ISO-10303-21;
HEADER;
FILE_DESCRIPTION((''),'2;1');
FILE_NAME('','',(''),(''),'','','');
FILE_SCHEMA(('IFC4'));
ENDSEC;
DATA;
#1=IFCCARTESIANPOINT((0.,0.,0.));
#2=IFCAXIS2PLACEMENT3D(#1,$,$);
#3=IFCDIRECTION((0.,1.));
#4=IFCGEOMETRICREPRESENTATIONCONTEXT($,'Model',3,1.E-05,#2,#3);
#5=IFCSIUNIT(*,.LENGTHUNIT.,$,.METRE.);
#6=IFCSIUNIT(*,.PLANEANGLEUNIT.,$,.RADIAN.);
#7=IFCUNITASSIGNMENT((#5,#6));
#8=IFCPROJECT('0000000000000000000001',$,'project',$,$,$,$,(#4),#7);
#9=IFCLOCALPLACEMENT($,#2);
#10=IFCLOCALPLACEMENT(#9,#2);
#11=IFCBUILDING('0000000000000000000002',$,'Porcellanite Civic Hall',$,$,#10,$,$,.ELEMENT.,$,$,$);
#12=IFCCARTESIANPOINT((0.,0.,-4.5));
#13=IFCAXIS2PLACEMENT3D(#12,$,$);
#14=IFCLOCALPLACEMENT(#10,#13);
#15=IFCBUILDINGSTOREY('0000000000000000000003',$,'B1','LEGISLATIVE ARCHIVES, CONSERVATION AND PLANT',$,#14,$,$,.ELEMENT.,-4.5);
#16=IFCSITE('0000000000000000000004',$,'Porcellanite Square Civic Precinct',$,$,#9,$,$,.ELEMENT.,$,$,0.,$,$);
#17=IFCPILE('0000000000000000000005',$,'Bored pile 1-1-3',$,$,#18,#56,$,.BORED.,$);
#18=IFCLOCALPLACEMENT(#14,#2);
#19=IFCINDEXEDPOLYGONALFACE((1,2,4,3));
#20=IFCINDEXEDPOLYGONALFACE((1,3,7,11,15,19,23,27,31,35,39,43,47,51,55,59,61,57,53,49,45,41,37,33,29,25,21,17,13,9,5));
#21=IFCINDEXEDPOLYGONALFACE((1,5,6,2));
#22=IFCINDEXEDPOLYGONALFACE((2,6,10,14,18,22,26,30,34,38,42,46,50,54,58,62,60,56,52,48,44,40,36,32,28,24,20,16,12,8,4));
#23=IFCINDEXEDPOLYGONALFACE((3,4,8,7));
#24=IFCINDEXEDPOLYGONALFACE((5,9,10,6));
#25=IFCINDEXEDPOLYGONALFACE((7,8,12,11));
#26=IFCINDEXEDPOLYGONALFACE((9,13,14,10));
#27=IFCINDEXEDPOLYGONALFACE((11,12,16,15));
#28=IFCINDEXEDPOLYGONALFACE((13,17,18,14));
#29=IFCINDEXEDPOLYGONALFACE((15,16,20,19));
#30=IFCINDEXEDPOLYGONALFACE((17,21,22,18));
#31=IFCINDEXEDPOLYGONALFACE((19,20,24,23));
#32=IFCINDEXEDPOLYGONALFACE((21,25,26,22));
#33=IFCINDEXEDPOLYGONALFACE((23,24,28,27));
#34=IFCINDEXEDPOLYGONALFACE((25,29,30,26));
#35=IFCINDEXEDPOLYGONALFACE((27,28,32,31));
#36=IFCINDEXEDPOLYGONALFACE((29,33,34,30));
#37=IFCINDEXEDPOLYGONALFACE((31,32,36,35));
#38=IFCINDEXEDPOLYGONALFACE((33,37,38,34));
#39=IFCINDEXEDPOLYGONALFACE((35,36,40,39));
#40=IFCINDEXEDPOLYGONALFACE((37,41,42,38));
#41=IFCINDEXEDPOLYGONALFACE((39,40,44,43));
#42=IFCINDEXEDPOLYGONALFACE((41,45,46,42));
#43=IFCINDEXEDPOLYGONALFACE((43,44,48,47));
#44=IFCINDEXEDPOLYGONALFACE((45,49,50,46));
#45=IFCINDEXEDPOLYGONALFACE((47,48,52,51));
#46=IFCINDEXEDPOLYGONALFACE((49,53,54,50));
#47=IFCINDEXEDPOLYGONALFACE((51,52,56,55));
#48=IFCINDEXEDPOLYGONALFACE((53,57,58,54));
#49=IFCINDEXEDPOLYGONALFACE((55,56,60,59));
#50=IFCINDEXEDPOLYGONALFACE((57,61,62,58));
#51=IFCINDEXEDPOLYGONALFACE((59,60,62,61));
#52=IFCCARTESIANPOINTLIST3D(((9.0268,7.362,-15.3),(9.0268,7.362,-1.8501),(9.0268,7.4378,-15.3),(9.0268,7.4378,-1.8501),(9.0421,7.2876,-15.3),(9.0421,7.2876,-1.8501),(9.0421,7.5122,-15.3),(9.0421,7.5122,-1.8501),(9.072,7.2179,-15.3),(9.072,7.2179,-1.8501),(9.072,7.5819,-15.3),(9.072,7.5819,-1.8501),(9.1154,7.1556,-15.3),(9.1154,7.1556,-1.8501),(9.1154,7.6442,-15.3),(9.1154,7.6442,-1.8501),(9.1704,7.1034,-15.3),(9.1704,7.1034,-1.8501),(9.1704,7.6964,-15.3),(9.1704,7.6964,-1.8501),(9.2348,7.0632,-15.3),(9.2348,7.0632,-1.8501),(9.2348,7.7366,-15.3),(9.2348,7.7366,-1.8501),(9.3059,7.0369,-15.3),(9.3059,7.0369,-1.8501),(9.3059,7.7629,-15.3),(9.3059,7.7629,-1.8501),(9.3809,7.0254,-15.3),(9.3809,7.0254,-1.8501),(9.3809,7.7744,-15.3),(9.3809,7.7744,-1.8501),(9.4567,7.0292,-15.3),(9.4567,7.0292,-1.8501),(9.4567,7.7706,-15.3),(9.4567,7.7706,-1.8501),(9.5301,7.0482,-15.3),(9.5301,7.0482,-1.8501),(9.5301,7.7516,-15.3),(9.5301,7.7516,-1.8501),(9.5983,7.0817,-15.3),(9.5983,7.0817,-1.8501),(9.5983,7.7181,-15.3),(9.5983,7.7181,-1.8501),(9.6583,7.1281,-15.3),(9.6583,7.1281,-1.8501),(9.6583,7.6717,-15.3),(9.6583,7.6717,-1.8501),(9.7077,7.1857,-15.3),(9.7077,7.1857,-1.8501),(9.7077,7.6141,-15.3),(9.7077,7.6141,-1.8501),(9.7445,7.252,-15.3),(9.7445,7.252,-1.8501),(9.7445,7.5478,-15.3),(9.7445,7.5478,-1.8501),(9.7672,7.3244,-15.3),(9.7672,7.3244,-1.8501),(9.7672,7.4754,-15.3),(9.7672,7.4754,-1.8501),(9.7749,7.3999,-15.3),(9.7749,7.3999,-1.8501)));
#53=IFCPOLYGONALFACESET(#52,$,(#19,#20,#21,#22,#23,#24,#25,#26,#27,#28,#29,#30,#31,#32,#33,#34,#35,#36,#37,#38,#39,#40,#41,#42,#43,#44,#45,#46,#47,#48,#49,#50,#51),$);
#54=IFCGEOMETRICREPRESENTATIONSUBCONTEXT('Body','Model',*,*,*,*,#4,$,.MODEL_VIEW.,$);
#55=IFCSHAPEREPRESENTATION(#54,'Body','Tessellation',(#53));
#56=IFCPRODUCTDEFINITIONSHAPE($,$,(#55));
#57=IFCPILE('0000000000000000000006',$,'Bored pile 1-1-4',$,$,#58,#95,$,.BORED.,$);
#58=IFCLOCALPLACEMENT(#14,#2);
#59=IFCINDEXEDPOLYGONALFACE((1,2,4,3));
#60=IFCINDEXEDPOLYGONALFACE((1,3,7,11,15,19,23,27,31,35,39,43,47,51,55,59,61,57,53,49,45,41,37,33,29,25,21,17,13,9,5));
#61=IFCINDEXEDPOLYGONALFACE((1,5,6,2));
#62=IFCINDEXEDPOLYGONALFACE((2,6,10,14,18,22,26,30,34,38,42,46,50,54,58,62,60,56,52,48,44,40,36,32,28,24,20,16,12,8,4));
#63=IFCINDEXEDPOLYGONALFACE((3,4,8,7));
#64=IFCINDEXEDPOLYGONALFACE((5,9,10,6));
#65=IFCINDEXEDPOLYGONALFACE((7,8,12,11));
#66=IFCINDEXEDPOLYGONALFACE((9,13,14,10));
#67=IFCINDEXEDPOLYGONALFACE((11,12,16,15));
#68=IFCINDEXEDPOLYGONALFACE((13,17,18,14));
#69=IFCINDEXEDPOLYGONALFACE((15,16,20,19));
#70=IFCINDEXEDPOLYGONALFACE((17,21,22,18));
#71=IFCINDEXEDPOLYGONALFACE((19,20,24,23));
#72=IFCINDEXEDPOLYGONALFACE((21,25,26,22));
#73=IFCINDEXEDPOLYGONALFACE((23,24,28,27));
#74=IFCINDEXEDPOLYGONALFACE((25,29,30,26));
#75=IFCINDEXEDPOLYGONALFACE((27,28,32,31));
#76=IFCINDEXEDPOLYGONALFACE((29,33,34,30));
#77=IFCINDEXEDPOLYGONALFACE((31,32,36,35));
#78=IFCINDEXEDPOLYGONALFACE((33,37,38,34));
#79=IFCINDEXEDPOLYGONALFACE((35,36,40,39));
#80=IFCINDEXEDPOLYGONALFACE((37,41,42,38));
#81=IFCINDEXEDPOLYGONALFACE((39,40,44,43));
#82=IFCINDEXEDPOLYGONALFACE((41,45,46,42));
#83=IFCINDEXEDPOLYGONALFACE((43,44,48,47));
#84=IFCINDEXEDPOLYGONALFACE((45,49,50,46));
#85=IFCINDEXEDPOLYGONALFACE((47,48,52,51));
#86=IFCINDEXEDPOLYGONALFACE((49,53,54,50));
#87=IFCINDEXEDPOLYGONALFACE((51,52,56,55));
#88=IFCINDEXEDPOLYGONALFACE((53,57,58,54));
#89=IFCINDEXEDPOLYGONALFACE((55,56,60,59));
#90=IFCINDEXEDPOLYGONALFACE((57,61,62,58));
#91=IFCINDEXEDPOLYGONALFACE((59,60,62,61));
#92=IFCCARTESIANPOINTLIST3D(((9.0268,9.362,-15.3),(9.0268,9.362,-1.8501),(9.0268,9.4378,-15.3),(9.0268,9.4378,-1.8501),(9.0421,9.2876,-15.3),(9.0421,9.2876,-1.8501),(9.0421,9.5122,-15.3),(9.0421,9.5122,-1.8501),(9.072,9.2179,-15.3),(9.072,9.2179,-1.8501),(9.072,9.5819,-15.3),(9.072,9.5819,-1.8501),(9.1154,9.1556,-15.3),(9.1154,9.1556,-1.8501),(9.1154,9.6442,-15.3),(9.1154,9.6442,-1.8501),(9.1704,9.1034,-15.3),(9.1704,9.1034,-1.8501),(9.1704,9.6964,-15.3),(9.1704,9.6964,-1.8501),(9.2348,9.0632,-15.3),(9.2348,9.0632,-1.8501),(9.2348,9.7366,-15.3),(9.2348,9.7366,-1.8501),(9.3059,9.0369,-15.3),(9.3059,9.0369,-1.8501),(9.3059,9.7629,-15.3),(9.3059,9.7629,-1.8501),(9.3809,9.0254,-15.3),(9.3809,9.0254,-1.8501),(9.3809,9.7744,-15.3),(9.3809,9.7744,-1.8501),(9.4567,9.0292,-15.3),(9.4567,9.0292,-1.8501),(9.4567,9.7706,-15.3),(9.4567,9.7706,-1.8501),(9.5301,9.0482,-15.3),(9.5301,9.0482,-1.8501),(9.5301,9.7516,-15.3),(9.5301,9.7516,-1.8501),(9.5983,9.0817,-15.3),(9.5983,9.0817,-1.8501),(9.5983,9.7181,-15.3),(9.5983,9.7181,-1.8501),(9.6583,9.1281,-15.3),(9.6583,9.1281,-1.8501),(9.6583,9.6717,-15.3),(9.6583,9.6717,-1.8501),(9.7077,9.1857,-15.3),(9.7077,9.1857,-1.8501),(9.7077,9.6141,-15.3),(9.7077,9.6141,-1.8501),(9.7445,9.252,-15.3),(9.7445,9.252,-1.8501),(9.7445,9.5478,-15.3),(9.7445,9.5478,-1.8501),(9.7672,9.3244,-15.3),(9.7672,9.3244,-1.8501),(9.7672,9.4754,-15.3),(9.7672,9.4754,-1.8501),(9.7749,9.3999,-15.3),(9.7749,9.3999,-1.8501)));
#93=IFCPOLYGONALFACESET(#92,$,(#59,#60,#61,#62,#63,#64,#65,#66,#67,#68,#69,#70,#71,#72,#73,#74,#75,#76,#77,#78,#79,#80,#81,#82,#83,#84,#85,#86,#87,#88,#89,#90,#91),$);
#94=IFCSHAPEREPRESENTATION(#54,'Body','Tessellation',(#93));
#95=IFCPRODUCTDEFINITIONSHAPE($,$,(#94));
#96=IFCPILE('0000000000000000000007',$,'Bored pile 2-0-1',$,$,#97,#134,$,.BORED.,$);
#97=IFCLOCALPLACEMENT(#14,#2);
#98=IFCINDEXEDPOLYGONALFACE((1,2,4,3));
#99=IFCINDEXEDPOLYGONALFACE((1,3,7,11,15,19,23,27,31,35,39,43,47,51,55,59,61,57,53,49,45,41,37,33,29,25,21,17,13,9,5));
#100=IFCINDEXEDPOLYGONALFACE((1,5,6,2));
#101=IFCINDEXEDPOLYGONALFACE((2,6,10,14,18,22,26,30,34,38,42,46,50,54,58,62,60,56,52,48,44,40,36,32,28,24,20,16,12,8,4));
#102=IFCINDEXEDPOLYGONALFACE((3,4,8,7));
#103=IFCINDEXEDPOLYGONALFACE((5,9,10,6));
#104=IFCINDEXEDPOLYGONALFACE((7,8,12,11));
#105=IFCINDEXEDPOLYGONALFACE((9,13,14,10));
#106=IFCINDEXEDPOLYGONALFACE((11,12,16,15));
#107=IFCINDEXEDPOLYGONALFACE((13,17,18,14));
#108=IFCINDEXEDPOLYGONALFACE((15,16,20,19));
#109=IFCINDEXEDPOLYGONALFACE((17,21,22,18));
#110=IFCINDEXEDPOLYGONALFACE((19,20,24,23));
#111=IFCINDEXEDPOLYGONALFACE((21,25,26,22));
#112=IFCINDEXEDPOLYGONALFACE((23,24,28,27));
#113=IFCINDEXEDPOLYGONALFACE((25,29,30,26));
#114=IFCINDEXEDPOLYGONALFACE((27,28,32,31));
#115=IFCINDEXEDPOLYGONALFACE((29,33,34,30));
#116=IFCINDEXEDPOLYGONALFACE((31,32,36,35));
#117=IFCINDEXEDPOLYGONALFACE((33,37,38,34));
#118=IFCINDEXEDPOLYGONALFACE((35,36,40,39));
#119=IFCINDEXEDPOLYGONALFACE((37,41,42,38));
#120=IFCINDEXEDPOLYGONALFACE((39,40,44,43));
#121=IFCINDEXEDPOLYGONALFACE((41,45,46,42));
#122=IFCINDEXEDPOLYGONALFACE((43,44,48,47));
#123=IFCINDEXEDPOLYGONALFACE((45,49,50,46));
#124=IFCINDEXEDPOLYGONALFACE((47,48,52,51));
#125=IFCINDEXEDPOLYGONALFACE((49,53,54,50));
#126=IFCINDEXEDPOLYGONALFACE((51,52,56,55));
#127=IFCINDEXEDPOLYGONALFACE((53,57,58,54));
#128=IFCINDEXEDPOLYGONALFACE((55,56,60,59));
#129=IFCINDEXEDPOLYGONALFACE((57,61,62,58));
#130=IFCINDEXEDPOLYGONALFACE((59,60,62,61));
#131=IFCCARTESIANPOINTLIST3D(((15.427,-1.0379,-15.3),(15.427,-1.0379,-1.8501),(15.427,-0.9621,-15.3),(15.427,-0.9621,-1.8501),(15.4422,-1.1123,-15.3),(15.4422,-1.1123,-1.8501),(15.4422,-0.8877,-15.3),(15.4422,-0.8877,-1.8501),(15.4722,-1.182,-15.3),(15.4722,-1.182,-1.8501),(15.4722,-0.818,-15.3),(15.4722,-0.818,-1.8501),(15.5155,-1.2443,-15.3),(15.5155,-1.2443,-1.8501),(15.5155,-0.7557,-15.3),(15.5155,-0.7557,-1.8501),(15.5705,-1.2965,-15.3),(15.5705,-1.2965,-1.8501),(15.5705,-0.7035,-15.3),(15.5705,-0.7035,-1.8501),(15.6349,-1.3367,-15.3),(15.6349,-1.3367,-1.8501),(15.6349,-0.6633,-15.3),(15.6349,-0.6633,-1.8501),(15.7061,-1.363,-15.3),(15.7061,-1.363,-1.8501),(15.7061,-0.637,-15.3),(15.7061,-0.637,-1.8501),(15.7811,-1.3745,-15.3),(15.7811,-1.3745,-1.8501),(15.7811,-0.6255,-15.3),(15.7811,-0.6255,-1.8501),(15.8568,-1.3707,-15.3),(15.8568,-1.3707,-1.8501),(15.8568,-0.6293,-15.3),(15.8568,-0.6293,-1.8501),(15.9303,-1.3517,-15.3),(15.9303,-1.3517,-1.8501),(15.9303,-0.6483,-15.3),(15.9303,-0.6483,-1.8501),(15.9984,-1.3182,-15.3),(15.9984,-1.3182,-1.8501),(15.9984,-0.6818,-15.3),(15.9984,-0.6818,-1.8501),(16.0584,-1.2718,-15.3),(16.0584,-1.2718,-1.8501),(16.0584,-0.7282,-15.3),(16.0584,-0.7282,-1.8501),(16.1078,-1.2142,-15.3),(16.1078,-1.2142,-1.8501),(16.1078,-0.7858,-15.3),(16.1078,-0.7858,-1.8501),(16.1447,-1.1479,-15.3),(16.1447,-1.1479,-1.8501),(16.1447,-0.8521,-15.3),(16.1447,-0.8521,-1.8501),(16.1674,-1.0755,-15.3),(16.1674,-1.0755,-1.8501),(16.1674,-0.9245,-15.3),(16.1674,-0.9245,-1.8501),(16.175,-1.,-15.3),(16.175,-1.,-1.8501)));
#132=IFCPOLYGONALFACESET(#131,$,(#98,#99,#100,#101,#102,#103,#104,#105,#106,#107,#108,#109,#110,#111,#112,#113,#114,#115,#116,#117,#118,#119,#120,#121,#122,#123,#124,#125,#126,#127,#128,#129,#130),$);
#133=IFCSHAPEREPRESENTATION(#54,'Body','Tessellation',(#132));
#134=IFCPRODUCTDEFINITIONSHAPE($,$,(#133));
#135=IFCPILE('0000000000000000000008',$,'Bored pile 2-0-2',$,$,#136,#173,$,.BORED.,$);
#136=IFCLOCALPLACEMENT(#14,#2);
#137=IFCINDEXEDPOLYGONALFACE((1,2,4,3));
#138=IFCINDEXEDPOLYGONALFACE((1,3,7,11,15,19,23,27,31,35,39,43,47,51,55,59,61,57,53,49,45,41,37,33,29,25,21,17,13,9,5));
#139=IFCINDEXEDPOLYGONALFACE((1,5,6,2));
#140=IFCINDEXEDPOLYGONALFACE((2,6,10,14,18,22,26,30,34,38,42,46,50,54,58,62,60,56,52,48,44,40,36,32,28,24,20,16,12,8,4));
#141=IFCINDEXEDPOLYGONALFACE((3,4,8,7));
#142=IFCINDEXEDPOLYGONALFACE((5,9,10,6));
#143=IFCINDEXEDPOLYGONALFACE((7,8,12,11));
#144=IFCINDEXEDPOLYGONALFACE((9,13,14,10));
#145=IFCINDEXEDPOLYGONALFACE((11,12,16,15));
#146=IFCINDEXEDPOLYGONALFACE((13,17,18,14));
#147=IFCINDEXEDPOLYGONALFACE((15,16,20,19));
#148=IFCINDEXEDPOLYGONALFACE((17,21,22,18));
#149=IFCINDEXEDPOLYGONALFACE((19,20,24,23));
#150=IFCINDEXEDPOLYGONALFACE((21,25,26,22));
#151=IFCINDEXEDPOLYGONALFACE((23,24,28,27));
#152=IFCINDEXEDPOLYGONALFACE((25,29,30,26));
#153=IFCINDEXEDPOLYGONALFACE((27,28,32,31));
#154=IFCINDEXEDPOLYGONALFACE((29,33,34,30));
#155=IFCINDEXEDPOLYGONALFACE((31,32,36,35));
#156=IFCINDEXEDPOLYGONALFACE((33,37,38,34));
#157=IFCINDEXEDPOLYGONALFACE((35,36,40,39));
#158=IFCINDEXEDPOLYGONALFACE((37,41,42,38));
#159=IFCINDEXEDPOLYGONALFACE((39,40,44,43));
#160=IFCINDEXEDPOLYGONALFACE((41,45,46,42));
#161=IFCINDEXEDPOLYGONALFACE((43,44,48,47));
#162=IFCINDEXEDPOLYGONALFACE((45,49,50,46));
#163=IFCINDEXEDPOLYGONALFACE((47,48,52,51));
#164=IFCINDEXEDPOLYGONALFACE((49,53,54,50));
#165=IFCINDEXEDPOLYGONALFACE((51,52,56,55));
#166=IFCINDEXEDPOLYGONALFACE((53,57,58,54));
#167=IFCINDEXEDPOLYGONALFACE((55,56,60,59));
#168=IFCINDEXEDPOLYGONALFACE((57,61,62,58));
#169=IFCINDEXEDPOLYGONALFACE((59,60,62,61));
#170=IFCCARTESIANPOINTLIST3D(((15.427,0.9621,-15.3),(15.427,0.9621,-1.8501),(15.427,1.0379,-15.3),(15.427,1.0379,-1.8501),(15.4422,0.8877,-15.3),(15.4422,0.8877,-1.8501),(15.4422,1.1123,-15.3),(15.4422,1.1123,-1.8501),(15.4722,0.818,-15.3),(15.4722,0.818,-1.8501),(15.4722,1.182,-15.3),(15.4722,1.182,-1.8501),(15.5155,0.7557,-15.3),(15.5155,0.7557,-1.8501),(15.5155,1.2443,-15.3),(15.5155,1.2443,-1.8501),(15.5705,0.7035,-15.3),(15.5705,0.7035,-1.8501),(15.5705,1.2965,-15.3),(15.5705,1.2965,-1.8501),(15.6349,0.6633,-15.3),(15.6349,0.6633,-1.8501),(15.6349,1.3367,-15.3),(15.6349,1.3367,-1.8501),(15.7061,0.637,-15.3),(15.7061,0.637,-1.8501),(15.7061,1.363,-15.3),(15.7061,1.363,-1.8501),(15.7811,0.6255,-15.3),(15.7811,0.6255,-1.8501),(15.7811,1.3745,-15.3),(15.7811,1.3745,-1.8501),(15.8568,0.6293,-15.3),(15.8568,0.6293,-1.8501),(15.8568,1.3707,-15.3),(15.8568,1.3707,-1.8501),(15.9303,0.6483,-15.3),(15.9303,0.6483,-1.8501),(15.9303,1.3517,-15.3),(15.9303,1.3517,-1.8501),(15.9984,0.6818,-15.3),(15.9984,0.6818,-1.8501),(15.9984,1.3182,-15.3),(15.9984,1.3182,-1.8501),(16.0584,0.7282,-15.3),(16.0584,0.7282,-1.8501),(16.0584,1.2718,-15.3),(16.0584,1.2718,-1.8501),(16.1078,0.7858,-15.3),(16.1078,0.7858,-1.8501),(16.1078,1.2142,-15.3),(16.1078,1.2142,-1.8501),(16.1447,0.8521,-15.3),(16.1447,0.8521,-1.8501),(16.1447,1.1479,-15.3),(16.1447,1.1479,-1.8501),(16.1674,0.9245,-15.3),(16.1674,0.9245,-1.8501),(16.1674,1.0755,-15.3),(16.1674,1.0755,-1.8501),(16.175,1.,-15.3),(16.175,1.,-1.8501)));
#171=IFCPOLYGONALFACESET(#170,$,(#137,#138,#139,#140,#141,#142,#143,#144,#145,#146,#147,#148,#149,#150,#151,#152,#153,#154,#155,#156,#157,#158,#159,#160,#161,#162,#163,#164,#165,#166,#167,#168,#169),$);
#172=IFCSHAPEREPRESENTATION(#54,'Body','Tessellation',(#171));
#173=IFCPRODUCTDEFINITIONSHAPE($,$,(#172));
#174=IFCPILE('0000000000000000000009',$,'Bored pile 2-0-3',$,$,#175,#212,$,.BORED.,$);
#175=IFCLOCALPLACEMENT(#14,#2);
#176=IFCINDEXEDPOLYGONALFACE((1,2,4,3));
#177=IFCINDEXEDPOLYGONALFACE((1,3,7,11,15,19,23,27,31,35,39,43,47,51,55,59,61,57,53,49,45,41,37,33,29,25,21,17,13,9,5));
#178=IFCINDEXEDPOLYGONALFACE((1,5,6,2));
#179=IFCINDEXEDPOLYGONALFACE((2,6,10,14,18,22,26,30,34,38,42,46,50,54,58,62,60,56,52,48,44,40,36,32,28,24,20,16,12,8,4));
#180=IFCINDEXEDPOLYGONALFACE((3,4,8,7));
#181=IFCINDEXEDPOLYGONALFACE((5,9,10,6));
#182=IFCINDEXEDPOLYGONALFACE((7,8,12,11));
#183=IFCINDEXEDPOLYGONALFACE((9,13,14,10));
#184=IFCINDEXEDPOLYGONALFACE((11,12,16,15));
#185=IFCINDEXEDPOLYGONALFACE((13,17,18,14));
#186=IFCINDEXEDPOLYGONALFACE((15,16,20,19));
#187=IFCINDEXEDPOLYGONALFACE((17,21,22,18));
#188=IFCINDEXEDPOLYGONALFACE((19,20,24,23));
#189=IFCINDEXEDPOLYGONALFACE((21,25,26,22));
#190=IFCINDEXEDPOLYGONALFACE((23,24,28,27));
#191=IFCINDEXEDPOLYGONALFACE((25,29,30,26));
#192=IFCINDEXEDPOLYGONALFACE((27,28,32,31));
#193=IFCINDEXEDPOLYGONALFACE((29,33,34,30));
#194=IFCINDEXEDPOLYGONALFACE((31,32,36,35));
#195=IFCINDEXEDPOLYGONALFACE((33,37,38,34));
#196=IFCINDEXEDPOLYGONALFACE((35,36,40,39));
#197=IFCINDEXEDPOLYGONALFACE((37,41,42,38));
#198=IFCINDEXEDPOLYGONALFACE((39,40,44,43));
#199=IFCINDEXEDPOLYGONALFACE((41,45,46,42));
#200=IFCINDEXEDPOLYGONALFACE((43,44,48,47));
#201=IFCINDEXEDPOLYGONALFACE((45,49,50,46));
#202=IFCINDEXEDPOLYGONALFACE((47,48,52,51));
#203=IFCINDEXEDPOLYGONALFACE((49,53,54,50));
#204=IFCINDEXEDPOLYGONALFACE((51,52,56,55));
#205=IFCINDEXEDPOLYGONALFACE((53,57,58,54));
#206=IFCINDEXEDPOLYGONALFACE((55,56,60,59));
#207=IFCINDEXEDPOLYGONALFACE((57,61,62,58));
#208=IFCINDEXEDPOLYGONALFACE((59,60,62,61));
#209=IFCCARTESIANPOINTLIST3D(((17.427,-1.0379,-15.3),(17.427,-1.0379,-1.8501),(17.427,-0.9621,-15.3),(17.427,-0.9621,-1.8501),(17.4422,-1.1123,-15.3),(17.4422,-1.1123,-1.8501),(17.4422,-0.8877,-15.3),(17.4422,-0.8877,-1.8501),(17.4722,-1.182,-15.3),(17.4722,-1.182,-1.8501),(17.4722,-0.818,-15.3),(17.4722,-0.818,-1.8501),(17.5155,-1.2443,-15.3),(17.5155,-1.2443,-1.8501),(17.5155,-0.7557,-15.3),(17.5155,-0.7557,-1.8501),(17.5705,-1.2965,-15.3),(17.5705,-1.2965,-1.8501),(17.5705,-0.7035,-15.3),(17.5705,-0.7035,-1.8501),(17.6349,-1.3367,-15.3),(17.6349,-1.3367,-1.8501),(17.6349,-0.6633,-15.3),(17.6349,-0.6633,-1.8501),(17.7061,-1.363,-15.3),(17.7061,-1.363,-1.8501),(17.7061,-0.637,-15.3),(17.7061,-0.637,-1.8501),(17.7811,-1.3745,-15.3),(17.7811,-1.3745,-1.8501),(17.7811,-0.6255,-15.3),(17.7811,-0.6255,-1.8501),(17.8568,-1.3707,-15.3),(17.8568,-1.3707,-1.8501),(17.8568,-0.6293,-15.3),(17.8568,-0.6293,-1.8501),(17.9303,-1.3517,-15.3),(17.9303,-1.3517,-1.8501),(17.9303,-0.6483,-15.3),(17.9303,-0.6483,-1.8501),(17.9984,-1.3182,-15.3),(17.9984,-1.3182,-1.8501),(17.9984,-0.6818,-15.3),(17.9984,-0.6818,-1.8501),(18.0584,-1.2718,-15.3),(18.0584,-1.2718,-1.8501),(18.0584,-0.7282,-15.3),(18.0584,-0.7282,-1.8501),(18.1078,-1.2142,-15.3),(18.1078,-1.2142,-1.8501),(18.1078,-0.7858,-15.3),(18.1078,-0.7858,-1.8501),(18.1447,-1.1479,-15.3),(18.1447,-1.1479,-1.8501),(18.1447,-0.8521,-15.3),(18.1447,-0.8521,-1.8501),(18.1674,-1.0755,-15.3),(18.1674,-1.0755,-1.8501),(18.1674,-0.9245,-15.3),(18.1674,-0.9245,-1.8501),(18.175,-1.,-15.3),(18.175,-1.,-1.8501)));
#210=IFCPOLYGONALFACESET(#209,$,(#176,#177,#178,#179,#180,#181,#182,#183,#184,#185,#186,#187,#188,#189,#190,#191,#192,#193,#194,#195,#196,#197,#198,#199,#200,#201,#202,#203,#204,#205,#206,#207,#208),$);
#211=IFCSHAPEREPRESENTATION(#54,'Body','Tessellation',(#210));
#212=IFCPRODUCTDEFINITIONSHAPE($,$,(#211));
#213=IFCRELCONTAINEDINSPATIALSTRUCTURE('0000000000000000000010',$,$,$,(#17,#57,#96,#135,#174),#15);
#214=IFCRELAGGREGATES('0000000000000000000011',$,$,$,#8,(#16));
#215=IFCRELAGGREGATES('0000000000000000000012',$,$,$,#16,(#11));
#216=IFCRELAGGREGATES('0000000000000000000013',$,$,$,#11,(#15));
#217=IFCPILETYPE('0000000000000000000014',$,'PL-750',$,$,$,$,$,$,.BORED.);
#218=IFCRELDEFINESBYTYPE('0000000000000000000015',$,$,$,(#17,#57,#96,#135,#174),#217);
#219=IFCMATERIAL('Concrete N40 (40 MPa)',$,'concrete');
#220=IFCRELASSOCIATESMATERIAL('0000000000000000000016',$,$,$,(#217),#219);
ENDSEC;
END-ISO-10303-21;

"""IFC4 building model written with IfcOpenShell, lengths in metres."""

from ifc_helpers import new_model, si_unit, direction, frame, origin, origin_2d, place, context, subcontext, project, spatial, circle, extrude, material, material_profile, profile_set, type_object, element, save


model = new_model("IFC4")

# Units and contexts
model_context = context("Model", 3, precision=1e-05, world=origin(), true_north=direction((0.0, 1.0)))
body_context = subcontext(model_context, "Body", "Model", "MODEL_VIEW")
ifc_project = project(units=[si_unit("LENGTHUNIT", "METRE"), si_unit("PLANEANGLEUNIT", "RADIAN")], contexts=[model_context])

# Site, building, storey
site_placement = place(None, origin())
site = spatial("IfcSite", under=ifc_project, at=site_placement, Name="Porcellanite Square Civic Precinct", CompositionType="ELEMENT", RefElevation=0.0)
building_placement = place(site_placement, origin())
building = spatial("IfcBuilding", under=site, at=building_placement, Name="Porcellanite Civic Hall", CompositionType="ELEMENT")
storey_placement = place(building_placement, frame((0.0, 0.0, -4.5)))
storey = spatial("IfcBuildingStorey", under=building, at=storey_placement, Name="B1", Description="LEGISLATIVE ARCHIVES, CONSERVATION AND PLANT", CompositionType="ELEMENT", Elevation=-4.5)

# Piles
ifc_material_1 = material(Name="Concrete N40 (40 MPa)", Category="concrete")
ifc_material_profile_1 = material_profile(ifc_material_1, circle(Radius=0.375, at=origin_2d()), Name="PILE-D750")
ifc_profile_set_1 = profile_set([ifc_material_profile_1], Name="Concrete N40 (40 MPa)")
pile_type = type_object("IfcPileType", Name="PL-750", PredefinedType="BORED", material=ifc_profile_set_1)
for number, where, z_axis, x_axis, name in (
    (1, (9.3999, 7.3999, -1.8501), (0.0, 0.0, -1.0), (1.0, 0.0, 0.0), "Bored pile 1-1-3"),
    (2, (9.3999, 9.3999, -1.8501), (0.0, 0.0, -1.0), (1.0, 0.0, 0.0), "Bored pile 1-1-4"),
    (3, (15.8, -1.0, -1.8501), (0.0, 0.0, -1.0), (1.0, 0.0, 0.0), "Bored pile 2-0-1"),
    (4, (15.8, 1.0, -1.8501), (0.0, 0.0, -1.0), (1.0, 0.0, 0.0), "Bored pile 2-0-2"),
    (5, (17.8, -1.0, -1.8501), (0.0, 0.0, -1.0), (1.0, 0.0, 0.0), "Bored pile 2-0-3"),
):
    element("IfcPile", number, at=place(storey_placement, frame(where, z_axis=z_axis, x_axis=x_axis)), inside=storey, type_object=pile_type, Name=name, PredefinedType="BORED", context=body_context, shape_type="SweptSolid", body=[
        extrude(circle(Radius=0.375, at=origin_2d()), origin(), (0.0, 0.0, 1.0), 13.45),
    ])

save(model, "model.ifc")
